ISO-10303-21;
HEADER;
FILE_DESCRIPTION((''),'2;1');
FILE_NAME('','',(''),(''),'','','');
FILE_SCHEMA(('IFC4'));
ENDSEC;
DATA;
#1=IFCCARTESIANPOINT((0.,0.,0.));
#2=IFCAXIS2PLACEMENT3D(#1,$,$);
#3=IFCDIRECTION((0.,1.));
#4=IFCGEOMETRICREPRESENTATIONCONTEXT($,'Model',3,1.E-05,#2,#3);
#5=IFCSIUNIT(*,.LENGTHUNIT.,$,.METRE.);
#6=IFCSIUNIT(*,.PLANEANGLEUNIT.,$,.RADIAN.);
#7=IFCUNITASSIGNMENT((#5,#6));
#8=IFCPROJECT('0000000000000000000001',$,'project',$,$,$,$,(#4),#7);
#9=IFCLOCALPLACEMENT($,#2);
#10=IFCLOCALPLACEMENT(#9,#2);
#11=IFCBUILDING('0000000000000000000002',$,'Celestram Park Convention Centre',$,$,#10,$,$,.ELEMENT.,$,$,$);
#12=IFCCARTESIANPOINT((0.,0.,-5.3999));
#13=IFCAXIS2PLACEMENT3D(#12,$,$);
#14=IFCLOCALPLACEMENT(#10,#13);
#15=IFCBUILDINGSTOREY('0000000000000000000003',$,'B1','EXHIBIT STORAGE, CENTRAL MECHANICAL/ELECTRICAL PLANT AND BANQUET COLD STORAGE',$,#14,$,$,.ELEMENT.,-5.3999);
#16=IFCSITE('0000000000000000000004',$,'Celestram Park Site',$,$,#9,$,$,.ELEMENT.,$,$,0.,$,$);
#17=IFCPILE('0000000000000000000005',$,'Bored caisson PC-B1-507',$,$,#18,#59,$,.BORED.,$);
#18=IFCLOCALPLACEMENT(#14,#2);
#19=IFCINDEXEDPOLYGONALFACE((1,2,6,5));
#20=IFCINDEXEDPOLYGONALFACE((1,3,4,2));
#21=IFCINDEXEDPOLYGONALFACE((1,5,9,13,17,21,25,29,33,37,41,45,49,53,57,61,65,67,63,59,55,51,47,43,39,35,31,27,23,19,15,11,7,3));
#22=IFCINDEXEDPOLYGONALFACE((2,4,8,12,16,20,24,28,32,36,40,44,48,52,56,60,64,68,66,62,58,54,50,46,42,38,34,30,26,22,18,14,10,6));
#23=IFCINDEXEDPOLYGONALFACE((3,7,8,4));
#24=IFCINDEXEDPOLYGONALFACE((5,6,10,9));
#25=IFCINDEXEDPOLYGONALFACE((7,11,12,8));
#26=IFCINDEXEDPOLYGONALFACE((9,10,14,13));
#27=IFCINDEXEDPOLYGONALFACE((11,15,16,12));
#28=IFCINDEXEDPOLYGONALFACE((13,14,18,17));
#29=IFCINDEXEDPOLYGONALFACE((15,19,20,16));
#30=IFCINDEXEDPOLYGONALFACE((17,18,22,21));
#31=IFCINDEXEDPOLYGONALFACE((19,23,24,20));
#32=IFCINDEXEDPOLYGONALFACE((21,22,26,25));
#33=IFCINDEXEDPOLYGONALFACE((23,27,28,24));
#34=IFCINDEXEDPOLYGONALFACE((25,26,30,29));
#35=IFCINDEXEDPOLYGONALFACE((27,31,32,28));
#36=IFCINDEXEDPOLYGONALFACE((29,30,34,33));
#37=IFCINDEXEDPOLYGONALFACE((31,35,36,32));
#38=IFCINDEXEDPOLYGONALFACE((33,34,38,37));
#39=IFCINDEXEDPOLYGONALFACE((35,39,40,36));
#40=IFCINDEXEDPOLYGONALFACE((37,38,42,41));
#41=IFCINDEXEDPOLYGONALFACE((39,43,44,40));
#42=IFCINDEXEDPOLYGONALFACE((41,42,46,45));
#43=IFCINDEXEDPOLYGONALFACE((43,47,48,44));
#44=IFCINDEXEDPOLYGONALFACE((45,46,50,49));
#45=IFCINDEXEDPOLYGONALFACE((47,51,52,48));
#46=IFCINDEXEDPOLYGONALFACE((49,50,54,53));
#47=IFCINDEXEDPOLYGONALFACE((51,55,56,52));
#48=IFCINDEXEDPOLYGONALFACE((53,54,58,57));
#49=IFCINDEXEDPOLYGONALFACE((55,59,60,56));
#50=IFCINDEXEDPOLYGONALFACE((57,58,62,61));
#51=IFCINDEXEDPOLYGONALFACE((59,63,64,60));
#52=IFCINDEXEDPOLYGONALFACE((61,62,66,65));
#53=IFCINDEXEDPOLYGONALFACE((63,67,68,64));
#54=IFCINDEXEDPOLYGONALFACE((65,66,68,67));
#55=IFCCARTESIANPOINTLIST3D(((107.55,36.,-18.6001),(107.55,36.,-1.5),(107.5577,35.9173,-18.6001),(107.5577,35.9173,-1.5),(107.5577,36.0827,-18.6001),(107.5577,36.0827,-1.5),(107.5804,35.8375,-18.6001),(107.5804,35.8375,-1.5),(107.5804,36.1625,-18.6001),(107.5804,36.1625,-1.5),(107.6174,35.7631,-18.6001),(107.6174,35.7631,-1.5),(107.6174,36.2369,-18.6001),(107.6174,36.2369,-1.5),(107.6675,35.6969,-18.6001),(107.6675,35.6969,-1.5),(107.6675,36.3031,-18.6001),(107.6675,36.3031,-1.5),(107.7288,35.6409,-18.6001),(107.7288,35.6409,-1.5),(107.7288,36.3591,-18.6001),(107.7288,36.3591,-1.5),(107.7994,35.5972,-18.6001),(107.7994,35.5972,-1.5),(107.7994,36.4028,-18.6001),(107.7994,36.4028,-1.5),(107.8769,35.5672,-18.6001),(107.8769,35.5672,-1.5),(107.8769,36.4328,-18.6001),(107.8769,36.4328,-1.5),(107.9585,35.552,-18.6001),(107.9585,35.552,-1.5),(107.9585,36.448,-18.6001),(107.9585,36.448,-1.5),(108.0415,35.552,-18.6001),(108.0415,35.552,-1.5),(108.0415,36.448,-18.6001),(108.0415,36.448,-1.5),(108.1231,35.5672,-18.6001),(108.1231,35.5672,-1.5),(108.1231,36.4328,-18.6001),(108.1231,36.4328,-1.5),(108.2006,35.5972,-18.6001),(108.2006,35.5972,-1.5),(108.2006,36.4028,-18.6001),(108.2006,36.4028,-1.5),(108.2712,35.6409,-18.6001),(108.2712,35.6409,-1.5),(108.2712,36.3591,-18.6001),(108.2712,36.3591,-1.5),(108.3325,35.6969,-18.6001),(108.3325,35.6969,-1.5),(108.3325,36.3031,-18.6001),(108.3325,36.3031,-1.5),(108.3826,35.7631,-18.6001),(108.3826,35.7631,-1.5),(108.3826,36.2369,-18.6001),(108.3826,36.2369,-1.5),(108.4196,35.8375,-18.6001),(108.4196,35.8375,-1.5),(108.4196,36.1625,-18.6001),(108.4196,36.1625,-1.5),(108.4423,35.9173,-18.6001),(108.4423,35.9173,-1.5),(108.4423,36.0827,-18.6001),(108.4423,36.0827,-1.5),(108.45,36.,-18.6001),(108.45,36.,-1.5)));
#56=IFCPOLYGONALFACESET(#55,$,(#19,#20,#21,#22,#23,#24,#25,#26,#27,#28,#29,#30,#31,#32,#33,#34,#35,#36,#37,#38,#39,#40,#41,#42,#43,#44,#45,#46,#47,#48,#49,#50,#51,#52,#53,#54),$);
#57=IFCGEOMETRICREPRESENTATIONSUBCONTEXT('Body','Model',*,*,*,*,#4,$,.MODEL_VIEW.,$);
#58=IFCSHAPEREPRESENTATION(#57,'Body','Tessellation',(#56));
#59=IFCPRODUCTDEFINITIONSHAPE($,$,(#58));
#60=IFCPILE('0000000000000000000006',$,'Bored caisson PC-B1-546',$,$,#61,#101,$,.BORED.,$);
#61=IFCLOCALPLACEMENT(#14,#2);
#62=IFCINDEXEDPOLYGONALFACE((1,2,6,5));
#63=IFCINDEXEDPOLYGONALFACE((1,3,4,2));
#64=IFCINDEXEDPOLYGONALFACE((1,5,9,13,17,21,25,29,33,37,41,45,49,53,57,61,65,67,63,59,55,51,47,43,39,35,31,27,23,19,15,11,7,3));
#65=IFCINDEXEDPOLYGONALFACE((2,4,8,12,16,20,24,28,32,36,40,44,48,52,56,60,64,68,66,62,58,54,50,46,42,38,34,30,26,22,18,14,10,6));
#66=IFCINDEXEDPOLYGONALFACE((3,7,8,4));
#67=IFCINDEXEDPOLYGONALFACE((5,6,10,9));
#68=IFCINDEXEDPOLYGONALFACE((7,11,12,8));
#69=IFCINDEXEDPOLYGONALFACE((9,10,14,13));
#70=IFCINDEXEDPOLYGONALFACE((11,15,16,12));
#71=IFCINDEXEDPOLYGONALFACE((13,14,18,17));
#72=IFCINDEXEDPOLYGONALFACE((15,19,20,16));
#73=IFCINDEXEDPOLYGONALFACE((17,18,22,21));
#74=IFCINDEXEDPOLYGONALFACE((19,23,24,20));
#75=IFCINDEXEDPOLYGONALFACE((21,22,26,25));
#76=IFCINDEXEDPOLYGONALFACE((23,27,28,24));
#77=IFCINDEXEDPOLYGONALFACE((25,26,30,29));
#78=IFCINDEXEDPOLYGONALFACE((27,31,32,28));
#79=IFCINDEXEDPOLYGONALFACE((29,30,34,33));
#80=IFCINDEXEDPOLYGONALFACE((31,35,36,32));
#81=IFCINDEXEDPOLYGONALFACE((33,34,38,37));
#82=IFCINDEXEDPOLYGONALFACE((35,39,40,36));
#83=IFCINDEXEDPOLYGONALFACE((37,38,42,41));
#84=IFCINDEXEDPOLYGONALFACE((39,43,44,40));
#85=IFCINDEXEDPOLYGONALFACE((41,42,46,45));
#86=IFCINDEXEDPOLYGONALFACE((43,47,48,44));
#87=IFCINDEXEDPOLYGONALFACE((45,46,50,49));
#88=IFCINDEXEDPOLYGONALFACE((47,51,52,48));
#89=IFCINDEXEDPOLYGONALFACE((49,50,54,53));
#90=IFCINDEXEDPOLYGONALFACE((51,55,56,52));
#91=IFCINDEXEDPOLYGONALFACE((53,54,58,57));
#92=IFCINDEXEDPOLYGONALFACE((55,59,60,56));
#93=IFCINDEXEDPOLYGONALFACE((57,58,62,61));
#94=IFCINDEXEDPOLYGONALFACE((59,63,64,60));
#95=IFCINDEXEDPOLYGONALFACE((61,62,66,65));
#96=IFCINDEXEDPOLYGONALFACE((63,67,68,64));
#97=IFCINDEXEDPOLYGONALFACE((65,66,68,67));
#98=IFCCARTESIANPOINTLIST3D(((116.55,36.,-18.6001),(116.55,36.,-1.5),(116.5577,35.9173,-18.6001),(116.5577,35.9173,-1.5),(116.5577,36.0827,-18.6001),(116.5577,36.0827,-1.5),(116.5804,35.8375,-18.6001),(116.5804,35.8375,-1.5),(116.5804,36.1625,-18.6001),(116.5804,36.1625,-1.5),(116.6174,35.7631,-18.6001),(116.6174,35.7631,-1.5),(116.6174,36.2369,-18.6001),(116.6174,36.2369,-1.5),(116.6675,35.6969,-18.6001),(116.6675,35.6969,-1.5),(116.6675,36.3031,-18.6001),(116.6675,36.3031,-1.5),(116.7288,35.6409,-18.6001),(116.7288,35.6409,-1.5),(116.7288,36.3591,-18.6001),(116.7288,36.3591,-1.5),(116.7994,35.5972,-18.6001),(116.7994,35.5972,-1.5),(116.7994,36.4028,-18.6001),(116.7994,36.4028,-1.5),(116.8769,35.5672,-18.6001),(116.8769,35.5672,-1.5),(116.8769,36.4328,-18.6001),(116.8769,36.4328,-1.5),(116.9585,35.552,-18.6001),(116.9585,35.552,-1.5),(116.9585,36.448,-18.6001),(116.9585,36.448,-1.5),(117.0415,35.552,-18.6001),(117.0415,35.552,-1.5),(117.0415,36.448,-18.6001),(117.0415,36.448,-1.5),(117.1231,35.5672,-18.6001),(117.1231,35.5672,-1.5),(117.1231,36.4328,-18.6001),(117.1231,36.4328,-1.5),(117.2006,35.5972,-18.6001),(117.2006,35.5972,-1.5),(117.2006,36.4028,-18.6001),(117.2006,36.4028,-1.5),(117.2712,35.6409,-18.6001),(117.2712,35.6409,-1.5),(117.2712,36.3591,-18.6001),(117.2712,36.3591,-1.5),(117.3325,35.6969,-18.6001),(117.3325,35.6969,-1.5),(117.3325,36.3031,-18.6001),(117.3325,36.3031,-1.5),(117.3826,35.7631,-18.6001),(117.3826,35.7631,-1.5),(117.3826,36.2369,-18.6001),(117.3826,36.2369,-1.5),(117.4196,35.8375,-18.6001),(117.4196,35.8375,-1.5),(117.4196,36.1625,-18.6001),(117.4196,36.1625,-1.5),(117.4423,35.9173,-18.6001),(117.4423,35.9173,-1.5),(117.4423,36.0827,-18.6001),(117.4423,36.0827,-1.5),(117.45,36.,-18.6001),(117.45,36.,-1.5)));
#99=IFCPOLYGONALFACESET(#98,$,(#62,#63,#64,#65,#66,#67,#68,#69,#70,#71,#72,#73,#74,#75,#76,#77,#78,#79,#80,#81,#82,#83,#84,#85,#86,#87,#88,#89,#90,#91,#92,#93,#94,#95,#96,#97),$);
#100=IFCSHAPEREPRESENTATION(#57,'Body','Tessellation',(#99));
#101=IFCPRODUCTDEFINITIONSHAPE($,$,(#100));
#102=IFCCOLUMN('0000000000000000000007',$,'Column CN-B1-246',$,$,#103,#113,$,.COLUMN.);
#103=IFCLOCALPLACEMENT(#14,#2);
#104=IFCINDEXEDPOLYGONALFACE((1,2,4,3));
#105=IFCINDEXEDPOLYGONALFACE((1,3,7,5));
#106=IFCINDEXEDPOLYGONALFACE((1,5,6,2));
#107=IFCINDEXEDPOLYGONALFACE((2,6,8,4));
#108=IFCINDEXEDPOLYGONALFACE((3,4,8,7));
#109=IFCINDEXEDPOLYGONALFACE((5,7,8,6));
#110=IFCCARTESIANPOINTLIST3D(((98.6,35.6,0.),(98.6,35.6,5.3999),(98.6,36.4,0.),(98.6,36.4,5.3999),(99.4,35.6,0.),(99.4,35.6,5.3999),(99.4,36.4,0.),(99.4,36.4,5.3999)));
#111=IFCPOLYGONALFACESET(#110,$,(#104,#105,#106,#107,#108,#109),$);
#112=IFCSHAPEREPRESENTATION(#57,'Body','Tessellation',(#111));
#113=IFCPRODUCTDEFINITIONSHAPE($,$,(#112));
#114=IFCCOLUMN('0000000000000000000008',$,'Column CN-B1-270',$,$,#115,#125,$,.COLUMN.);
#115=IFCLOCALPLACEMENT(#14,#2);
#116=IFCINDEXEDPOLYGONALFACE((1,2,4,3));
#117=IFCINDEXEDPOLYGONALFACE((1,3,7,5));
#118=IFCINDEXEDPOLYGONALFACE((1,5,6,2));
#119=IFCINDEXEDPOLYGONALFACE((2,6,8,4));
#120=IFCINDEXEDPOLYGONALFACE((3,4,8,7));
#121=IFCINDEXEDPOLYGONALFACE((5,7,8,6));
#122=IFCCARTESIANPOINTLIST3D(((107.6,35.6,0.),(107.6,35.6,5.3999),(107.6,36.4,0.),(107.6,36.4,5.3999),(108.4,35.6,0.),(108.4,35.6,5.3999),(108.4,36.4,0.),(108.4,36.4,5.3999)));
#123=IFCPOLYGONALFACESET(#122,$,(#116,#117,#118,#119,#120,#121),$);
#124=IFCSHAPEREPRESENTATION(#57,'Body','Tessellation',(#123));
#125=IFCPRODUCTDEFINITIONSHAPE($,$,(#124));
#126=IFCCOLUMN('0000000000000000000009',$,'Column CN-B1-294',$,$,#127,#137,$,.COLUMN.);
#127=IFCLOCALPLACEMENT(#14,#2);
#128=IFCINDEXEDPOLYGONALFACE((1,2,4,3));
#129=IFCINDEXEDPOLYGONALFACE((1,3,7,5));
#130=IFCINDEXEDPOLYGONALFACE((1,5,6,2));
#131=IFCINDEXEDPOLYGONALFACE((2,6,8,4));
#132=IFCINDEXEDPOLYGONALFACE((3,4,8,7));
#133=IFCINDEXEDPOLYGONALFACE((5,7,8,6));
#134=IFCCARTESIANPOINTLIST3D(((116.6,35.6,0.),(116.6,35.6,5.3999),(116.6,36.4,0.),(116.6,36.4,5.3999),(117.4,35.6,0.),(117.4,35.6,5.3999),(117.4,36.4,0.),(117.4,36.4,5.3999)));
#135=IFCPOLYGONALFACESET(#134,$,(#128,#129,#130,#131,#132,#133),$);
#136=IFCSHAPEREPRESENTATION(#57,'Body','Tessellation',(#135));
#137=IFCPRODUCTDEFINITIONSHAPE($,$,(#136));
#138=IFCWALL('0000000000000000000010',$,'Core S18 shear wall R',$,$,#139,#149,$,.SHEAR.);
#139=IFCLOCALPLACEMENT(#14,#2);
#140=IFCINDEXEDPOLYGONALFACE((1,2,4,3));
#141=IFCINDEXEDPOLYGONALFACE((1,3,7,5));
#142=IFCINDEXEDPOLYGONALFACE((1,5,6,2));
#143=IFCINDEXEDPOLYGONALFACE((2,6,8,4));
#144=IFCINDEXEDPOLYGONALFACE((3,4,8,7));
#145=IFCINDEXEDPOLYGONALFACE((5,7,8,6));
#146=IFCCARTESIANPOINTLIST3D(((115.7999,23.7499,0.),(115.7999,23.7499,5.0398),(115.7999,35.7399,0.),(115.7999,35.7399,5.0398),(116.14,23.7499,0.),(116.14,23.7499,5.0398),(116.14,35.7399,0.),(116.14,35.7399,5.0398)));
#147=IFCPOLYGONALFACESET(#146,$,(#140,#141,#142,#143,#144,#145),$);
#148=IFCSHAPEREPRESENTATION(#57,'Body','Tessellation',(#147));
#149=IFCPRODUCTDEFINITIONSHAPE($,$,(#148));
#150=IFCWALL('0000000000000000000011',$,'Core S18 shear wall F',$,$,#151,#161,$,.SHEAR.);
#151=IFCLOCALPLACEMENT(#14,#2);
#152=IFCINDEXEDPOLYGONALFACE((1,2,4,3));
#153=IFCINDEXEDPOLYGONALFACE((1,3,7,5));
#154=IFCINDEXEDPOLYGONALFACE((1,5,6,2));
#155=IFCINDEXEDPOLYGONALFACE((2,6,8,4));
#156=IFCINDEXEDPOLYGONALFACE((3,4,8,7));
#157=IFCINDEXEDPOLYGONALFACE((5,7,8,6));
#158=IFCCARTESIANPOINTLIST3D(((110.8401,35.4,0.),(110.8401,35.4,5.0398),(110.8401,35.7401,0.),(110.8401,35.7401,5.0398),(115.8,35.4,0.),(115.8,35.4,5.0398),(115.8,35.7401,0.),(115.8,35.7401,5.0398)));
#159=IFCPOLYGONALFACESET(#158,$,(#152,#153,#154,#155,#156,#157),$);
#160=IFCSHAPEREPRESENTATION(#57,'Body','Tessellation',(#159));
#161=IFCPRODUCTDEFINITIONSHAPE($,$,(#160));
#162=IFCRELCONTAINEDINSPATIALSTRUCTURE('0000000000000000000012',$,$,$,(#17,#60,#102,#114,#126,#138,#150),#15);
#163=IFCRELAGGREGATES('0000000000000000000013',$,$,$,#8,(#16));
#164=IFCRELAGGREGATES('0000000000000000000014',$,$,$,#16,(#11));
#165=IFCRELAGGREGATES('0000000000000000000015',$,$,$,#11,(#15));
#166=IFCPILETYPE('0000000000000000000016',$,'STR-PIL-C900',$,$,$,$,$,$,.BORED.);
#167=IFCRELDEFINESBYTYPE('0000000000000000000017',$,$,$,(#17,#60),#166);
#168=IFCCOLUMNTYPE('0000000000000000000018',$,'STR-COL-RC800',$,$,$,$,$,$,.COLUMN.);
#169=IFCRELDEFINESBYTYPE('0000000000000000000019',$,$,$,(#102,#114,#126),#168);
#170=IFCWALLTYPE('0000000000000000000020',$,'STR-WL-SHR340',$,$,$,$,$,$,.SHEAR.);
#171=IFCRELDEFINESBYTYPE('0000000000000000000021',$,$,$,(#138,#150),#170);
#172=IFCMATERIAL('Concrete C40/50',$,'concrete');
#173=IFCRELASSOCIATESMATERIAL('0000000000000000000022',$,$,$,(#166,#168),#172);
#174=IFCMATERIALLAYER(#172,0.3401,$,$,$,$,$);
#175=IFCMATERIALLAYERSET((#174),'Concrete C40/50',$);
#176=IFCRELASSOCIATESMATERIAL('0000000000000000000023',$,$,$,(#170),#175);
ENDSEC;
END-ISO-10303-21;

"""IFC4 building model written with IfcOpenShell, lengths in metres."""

from ifc_helpers import new_model, si_unit, direction, frame, frame_2d, origin, origin_2d, place, context, subcontext, project, spatial, rectangle, circle, extrude, material, layer, layer_set, material_profile, profile_set, type_object, element, save


model = new_model("IFC4")

# Units and contexts
model_context = context("Model", 3, precision=1e-05, world=origin(), true_north=direction((0.0, 1.0)))
body_context = subcontext(model_context, "Body", "Model", "MODEL_VIEW")
ifc_project = project(units=[si_unit("LENGTHUNIT", "METRE"), si_unit("PLANEANGLEUNIT", "RADIAN")], contexts=[model_context])

# Site, building, storey
site_placement = place(None, origin())
site = spatial("IfcSite", under=ifc_project, at=site_placement, Name="Celestram Park Site", CompositionType="ELEMENT", RefElevation=0.0)
building_placement = place(site_placement, origin())
building = spatial("IfcBuilding", under=site, at=building_placement, Name="Celestram Park Convention Centre", CompositionType="ELEMENT")
storey_placement = place(building_placement, frame((0.0, 0.0, -5.3999)))
storey = spatial("IfcBuildingStorey", under=building, at=storey_placement, Name="B1", Description="EXHIBIT STORAGE, CENTRAL MECHANICAL/ELECTRICAL PLANT AND BANQUET COLD STORAGE", CompositionType="ELEMENT", Elevation=-5.3999)

# Shared definitions
ifc_material_1 = material(Name="Concrete C40/50", Category="concrete")

# Piles
ifc_material_profile_1 = material_profile(ifc_material_1, circle(Radius=0.45, at=origin_2d()), Name="CAISSON900")
ifc_profile_set_1 = profile_set([ifc_material_profile_1], Name="Concrete C40/50")
pile_type = type_object("IfcPileType", Name="STR-PIL-C900", PredefinedType="BORED", material=ifc_profile_set_1)
for number, where, z_axis, x_axis, name in (
    (1, (108.0, 36.0, -1.5), (0.0, 0.0, -1.0), (1.0, 0.0, 0.0), "Bored caisson PC-B1-507"),
    (2, (117.0, 36.0, -1.5), (0.0, 0.0, -1.0), (1.0, 0.0, 0.0), "Bored caisson PC-B1-546"),
):
    element("IfcPile", number, at=place(storey_placement, frame(where, z_axis=z_axis, x_axis=x_axis)), inside=storey, type_object=pile_type, Name=name, PredefinedType="BORED", context=body_context, shape_type="SweptSolid", body=[
        extrude(circle(Radius=0.45, at=origin_2d()), origin(), (0.0, 0.0, 1.0), 17.1001),
    ])

# Columns
ifc_material_profile_2 = material_profile(ifc_material_1, rectangle(XDim=0.8, YDim=0.8, at=origin_2d()), Name="RC800X800")
ifc_profile_set_2 = profile_set([ifc_material_profile_2], Name="Concrete C40/50")
column_type = type_object("IfcColumnType", Name="STR-COL-RC800", PredefinedType="COLUMN", material=ifc_profile_set_2)
for number, where, z_axis, x_axis, name in (
    (3, (99.0, 36.0, 0.0), (0.0, 0.0, 1.0), (1.0, 0.0, 0.0), "Column CN-B1-246"),
    (4, (108.0, 36.0, 0.0), (0.0, 0.0, 1.0), (1.0, 0.0, 0.0), "Column CN-B1-270"),
    (5, (117.0, 36.0, 0.0), (0.0, 0.0, 1.0), (1.0, 0.0, 0.0), "Column CN-B1-294"),
):
    element("IfcColumn", number, at=place(storey_placement, frame(where, z_axis=z_axis, x_axis=x_axis)), inside=storey, type_object=column_type, Name=name, PredefinedType="COLUMN", context=body_context, shape_type="SweptSolid", body=[
        extrude(rectangle(XDim=0.8, YDim=0.8, at=origin_2d()), origin(), (0.0, 0.0, 1.0), 5.3999),
    ])

# Walls
ifc_layer_1 = layer(ifc_material_1, 0.3401)
ifc_layer_set_1 = layer_set([ifc_layer_1], Name="Concrete C40/50")
wall_type = type_object("IfcWallType", Name="STR-WL-SHR340", PredefinedType="SHEAR", material=ifc_layer_set_1)
wall_1_placement = place(storey_placement, frame((115.97, 35.74, 0.0), z_axis=(0.0, 0.0, 1.0), x_axis=(0.0, -1.0, 0.0)))
element("IfcWall", 6, at=wall_1_placement, inside=storey, type_object=wall_type, Name="Core S18 shear wall R", PredefinedType="SHEAR", context=body_context, shape_type="SweptSolid", body=[
    extrude(rectangle(XDim=11.99, YDim=0.3401, at=frame_2d((5.9951, 0.0))), origin(), (0.0, 0.0, 1.0), 5.0398),
])
wall_2_placement = place(storey_placement, frame((110.8401, 35.5701, 0.0), z_axis=(0.0, 0.0, 1.0), x_axis=(1.0, 0.0, 0.0)))
element("IfcWall", 7, at=wall_2_placement, inside=storey, type_object=wall_type, Name="Core S18 shear wall F", PredefinedType="SHEAR", context=body_context, shape_type="SweptSolid", body=[
    extrude(rectangle(XDim=4.96, YDim=0.3401, at=frame_2d((2.48, 0.0))), origin(), (0.0, 0.0, 1.0), 5.0398),
])

save(model, "model.ifc")
